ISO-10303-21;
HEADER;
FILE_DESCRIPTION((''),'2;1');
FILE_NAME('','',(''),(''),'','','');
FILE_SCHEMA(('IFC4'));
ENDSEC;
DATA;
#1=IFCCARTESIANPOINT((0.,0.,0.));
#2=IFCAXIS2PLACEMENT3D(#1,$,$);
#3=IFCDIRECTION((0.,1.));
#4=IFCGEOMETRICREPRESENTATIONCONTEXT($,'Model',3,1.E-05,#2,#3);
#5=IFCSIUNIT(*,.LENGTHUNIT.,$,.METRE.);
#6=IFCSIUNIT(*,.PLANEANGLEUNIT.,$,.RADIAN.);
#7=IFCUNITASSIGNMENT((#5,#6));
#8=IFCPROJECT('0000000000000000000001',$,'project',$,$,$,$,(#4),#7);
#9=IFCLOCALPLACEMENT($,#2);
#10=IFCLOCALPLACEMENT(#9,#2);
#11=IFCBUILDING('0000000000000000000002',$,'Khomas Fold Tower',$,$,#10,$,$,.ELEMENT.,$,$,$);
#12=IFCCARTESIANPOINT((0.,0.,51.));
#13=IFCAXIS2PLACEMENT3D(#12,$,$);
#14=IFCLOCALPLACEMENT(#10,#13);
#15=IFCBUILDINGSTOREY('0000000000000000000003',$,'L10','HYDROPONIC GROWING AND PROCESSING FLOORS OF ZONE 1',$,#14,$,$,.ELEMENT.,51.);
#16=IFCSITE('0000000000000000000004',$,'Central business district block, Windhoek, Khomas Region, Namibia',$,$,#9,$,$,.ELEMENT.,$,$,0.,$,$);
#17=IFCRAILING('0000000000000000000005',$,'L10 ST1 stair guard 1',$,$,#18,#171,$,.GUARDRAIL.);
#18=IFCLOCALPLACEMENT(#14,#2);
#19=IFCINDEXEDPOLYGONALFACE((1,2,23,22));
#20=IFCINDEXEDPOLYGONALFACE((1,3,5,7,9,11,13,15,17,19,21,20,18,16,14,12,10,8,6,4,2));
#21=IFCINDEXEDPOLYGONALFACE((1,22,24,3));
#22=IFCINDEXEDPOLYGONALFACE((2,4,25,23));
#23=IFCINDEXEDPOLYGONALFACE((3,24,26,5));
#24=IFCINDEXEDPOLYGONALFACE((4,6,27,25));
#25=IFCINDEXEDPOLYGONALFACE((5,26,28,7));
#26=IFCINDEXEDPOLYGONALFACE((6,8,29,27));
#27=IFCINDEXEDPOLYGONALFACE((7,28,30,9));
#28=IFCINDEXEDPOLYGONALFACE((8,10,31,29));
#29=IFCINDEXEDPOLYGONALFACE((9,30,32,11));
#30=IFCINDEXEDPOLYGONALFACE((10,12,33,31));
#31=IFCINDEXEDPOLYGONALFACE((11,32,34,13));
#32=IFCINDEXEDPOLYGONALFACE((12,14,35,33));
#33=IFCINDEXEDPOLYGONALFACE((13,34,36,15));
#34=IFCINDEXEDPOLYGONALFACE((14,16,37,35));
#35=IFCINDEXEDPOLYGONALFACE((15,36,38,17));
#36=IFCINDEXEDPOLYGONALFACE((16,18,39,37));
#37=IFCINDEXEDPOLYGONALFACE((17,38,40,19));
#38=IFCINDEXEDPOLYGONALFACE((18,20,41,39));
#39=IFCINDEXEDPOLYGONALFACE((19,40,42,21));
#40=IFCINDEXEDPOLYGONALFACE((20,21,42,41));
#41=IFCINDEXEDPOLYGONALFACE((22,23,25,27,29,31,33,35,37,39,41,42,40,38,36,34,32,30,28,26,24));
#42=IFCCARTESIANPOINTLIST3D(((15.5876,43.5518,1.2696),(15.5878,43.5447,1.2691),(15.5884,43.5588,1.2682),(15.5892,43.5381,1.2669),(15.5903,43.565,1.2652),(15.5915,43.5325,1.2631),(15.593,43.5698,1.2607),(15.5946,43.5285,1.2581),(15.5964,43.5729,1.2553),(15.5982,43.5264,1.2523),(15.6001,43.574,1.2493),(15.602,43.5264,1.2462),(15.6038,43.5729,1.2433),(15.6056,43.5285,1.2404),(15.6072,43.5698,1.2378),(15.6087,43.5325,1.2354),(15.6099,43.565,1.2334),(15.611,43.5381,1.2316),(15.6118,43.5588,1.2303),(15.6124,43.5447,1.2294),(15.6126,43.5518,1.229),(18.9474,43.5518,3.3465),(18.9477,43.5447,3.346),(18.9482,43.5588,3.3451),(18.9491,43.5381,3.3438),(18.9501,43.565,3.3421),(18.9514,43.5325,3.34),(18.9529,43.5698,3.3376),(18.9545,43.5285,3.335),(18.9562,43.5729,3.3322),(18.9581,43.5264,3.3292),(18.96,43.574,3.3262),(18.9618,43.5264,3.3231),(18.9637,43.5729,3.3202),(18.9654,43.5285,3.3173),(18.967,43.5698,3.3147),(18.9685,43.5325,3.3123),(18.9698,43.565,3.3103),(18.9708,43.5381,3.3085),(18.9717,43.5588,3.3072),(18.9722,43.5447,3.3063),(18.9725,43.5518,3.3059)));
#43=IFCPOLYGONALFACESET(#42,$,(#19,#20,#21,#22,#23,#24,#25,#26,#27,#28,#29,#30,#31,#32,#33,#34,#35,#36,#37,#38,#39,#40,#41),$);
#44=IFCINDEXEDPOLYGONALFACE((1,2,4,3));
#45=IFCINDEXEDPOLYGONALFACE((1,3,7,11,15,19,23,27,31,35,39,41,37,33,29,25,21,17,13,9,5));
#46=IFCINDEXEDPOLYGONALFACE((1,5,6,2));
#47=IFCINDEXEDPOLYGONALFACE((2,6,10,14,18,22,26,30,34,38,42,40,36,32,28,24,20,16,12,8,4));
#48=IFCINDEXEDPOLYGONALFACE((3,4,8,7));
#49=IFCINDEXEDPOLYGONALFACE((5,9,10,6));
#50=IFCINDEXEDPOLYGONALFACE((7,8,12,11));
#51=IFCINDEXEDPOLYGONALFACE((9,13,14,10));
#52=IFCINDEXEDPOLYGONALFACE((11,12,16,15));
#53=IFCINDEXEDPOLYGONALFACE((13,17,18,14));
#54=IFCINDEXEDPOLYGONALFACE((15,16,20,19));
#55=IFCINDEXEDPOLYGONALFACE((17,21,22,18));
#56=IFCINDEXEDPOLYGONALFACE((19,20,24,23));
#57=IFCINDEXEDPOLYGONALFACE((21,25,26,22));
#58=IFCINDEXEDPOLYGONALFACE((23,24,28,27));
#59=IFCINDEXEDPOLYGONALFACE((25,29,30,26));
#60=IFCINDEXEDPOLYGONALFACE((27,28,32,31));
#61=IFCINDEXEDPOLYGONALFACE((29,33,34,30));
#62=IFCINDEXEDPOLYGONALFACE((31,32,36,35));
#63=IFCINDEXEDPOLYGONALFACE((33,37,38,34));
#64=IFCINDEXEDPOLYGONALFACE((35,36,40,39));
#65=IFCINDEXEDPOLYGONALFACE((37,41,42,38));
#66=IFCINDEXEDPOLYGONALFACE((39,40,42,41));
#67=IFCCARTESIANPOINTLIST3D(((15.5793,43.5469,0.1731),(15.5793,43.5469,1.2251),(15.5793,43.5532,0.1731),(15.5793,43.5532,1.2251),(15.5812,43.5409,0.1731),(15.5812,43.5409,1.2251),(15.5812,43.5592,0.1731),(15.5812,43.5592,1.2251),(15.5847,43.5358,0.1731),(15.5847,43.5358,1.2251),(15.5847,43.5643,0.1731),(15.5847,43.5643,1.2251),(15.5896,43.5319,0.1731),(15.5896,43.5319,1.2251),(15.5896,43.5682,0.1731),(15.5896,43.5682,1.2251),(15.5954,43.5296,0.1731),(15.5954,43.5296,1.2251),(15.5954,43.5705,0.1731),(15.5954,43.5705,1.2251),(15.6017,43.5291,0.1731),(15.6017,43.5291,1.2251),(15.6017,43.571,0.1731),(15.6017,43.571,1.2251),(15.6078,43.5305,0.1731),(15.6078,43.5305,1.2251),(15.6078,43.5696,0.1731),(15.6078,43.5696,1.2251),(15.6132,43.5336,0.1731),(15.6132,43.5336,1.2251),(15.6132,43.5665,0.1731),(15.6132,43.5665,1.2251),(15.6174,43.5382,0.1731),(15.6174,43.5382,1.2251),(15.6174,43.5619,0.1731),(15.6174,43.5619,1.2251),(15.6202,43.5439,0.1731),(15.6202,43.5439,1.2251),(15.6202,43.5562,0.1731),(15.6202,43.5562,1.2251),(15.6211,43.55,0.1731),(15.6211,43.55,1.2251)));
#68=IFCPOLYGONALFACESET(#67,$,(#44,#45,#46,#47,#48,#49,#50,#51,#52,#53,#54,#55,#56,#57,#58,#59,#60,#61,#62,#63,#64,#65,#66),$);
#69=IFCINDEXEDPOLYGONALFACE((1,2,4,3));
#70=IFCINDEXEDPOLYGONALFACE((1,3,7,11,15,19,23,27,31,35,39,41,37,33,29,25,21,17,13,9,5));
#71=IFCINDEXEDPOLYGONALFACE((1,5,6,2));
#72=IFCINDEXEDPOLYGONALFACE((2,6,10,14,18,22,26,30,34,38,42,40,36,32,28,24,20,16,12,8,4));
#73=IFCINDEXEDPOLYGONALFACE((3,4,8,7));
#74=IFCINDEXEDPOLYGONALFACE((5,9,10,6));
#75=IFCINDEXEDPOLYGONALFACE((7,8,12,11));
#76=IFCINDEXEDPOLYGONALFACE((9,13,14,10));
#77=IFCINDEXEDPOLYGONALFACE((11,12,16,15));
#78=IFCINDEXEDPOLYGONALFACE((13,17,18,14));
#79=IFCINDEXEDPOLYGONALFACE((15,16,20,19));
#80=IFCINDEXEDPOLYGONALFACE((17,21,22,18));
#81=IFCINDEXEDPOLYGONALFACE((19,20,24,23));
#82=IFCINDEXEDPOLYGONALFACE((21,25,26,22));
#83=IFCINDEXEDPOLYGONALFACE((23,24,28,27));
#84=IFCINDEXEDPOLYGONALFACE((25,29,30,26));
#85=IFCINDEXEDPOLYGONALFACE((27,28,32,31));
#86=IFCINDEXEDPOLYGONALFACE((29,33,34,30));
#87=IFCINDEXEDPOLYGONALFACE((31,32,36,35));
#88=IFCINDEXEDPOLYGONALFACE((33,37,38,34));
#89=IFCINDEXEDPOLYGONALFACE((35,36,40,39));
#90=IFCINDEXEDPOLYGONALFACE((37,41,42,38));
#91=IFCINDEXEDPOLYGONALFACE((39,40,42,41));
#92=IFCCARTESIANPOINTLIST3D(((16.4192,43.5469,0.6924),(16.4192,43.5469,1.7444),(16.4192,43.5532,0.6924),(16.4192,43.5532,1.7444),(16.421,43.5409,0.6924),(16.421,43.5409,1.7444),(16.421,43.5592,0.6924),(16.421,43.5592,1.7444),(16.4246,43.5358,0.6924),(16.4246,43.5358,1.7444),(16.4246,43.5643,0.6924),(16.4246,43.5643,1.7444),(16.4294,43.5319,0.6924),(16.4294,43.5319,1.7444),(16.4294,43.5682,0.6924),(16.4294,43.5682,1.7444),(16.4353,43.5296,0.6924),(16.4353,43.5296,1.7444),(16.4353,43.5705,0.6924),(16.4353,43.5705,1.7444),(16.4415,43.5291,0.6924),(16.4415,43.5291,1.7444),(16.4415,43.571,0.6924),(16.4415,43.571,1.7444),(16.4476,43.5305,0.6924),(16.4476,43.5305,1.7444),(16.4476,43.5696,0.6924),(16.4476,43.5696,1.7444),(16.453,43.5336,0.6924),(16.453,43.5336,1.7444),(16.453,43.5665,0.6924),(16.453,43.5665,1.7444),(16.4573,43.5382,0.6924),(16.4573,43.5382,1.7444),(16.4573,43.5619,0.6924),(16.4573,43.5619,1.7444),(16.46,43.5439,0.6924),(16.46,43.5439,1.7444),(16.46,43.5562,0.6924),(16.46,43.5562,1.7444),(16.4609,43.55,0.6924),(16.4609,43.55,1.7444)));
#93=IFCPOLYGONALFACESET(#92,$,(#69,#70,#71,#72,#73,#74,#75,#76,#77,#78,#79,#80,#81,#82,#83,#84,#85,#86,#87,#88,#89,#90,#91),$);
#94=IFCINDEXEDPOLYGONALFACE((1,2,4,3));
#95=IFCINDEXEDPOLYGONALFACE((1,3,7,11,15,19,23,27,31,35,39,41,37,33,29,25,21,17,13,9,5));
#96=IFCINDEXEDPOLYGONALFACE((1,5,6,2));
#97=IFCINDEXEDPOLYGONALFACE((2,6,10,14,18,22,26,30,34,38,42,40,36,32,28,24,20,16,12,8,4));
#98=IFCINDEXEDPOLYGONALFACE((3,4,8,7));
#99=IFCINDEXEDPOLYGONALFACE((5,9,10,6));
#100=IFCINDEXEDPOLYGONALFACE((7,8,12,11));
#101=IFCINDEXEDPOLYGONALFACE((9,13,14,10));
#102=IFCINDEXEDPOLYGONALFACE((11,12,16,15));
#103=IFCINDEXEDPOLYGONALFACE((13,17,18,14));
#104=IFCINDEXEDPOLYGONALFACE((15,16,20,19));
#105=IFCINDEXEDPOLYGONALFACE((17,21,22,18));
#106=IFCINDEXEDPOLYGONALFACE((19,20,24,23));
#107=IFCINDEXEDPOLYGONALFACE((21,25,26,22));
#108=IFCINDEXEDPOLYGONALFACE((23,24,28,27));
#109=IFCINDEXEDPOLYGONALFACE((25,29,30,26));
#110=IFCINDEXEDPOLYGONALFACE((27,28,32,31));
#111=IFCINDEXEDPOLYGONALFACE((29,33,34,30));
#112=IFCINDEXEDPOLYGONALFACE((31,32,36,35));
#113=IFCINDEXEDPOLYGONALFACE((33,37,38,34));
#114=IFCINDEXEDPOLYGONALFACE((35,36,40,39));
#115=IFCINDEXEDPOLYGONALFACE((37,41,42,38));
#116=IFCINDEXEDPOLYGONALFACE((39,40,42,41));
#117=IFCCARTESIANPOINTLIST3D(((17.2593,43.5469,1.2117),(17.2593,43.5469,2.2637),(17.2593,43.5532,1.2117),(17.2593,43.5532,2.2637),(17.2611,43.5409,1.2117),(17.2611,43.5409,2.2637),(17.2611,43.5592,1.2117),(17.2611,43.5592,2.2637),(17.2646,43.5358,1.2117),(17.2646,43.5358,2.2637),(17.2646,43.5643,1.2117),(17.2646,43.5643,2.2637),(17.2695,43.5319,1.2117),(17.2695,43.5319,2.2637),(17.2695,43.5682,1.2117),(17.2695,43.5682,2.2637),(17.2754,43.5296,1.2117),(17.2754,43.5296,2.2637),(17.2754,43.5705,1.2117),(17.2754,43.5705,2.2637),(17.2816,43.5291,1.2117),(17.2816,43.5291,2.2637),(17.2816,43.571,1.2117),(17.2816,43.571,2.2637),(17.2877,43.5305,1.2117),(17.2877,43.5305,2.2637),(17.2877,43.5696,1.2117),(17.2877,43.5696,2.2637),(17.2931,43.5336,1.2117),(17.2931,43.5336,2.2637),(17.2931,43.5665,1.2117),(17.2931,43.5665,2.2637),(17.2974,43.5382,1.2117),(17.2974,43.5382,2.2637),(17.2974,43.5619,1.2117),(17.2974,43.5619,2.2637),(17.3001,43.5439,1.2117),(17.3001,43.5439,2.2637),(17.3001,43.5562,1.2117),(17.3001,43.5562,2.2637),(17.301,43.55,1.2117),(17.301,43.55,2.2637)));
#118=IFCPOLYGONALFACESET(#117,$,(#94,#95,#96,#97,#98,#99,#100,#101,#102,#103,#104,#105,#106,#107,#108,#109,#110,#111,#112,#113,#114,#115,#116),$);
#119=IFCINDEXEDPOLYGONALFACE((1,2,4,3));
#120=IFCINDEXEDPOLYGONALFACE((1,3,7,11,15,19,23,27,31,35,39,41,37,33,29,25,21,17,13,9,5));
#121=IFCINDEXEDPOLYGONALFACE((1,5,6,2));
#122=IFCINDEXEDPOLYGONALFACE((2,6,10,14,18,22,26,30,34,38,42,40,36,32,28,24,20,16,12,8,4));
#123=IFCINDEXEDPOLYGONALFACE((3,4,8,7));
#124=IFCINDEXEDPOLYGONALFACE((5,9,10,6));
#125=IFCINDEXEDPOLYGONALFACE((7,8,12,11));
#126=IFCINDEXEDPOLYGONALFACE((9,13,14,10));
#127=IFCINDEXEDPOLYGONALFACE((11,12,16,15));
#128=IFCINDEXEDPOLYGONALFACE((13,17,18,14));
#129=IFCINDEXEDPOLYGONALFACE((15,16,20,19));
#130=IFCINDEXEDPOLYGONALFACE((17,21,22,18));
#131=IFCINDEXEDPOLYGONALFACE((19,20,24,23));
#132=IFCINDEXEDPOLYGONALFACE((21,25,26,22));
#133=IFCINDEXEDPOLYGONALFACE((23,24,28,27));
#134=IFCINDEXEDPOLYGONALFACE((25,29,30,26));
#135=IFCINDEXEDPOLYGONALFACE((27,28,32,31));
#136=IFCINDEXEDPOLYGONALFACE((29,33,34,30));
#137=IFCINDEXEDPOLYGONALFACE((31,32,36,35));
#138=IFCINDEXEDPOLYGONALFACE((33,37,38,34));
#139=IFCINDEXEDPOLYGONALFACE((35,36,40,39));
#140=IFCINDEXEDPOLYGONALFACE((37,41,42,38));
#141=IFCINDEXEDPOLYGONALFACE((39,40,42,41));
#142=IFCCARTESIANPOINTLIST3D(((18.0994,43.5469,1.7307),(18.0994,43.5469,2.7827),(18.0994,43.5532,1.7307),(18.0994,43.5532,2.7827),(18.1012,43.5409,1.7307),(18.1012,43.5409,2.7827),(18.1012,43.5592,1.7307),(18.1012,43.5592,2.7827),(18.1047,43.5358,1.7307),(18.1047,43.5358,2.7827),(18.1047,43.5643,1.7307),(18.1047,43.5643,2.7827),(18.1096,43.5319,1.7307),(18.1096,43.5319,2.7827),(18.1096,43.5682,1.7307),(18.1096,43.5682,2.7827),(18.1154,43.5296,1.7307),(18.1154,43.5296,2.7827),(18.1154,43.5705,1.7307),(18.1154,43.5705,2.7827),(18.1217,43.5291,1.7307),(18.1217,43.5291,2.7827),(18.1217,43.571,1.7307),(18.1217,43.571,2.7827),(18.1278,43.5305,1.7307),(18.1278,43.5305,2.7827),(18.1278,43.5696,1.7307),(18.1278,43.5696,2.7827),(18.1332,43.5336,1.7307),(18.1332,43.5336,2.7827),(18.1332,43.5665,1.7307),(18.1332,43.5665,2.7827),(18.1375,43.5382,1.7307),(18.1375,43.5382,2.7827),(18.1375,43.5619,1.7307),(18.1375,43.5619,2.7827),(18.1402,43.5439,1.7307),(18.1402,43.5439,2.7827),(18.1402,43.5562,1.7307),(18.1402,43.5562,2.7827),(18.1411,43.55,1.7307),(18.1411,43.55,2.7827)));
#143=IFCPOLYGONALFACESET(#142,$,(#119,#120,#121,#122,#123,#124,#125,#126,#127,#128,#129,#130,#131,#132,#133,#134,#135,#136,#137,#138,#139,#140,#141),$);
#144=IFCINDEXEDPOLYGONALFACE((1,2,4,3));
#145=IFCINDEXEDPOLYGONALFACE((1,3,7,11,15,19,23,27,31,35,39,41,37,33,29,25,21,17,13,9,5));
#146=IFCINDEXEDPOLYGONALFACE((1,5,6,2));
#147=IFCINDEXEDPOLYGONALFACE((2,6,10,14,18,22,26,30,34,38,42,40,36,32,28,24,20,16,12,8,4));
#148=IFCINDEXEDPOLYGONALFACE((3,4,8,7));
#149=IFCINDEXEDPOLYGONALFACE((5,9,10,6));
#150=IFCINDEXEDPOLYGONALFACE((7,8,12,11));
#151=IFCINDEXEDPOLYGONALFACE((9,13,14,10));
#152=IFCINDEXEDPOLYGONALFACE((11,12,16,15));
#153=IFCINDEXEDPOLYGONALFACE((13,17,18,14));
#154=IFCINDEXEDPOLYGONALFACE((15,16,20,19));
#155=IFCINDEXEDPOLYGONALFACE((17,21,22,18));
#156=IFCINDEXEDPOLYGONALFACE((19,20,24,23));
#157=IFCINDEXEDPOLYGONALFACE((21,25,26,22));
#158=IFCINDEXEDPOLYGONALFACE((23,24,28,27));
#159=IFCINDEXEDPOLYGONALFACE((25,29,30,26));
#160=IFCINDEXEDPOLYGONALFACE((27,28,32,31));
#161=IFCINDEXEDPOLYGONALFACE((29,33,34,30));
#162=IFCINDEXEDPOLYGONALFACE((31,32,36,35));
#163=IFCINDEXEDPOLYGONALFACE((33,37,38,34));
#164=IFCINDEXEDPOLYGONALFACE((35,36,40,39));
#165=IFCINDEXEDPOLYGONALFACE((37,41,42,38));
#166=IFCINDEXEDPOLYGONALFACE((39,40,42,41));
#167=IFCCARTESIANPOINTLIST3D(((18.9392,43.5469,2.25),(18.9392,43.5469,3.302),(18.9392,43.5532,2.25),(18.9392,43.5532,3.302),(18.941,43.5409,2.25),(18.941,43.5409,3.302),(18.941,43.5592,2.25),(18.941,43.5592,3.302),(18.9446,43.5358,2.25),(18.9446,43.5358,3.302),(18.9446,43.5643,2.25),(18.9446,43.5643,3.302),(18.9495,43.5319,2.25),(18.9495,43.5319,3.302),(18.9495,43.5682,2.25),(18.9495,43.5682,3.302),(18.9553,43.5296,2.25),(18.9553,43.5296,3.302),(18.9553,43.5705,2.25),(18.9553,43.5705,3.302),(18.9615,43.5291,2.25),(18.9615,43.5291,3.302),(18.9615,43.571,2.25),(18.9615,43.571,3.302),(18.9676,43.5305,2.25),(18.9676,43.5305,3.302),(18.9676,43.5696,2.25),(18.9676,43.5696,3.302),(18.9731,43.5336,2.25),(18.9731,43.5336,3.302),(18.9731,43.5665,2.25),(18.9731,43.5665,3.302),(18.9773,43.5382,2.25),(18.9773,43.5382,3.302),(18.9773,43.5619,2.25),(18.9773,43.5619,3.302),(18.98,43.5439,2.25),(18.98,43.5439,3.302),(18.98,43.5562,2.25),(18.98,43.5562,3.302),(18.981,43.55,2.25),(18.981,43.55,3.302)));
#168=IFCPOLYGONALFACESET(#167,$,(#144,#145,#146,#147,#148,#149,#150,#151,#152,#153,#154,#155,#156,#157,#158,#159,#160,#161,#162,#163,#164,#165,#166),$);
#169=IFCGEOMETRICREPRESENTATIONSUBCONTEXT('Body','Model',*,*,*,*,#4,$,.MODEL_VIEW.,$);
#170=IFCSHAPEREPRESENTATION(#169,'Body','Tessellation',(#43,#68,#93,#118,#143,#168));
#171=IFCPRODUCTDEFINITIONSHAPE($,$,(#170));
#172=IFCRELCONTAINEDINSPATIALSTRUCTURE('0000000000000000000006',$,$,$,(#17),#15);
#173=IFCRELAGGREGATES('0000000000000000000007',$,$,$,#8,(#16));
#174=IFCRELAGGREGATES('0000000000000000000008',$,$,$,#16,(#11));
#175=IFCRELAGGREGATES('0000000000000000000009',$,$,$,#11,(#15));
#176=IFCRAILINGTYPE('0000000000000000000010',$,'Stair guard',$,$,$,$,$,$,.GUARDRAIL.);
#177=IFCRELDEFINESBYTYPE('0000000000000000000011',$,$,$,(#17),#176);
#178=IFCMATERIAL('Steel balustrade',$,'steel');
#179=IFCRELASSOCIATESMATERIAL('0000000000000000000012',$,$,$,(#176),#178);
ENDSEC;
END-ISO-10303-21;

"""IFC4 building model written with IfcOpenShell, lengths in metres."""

from ifc_helpers import new_model, si_unit, direction, frame, origin, origin_2d, place, context, subcontext, project, spatial, circle, extrude, source, transform, mapped, material, type_object, element, save


model = new_model("IFC4")

# Units and contexts
model_context = context("Model", 3, precision=1e-05, world=origin(), true_north=direction((0.0, 1.0)))
body_context = subcontext(model_context, "Body", "Model", "MODEL_VIEW")
ifc_project = project(units=[si_unit("LENGTHUNIT", "METRE"), si_unit("PLANEANGLEUNIT", "RADIAN")], contexts=[model_context])

# Site, building, storey
site_placement = place(None, origin())
site = spatial("IfcSite", under=ifc_project, at=site_placement, Name="Central business district block, Windhoek, Khomas Region, Namibia", CompositionType="ELEMENT", RefElevation=0.0)
building_placement = place(site_placement, origin())
building = spatial("IfcBuilding", under=site, at=building_placement, Name="Khomas Fold Tower", CompositionType="ELEMENT")
storey_placement = place(building_placement, frame((0.0, 0.0, 51.0)))
storey = spatial("IfcBuildingStorey", under=building, at=storey_placement, Name="L10", Description="HYDROPONIC GROWING AND PROCESSING FLOORS OF ZONE 1", CompositionType="ELEMENT", Elevation=51.0)

# Railing
ifc_material_1 = material(Name="Steel balustrade", Category="steel")
railing_type_1 = type_object("IfcRailingType", Name="Stair guard", PredefinedType="GUARDRAIL", material=ifc_material_1)
shared_shape_1 = source(origin(), body_context, "Body", "SweptSolid", [
    extrude(circle(Radius=0.0239, at=origin_2d()), frame((0.0, 0.0, 1.0762), z_axis=(0.850606, 0.0, 0.525803), x_axis=(0.0, 1.0, 0.0)), (0.0, 0.0, 1.0), 3.95),
    extrude(circle(Radius=0.021, at=origin_2d()), origin(), (0.0, 0.0, 1.0), 1.052),
    extrude(circle(Radius=0.021, at=origin_2d()), frame((0.8398, 0.0, 0.5193)), (0.0, 0.0, 1.0), 1.052),
    extrude(circle(Radius=0.021, at=origin_2d()), frame((1.6799, 0.0, 1.0386)), (0.0, 0.0, 1.0), 1.052),
    extrude(circle(Radius=0.021, at=origin_2d()), frame((2.52, 0.0, 1.5576)), (0.0, 0.0, 1.0), 1.052),
    extrude(circle(Radius=0.021, at=origin_2d()), frame((3.3599, 0.0, 2.0769)), (0.0, 0.0, 1.0), 1.052),
])
railing_1_placement = place(storey_placement, frame((15.6001, 43.55, 0.1731)))
element("IfcRailing", 1, at=railing_1_placement, inside=storey, type_object=railing_type_1, Name="L10 ST1 stair guard 1", PredefinedType="GUARDRAIL", context=body_context, shape_type="MappedRepresentation", body=[
    mapped(shared_shape_1, transform((0.0, 0.0, 0.0))),
])

save(model, "model.ifc")
